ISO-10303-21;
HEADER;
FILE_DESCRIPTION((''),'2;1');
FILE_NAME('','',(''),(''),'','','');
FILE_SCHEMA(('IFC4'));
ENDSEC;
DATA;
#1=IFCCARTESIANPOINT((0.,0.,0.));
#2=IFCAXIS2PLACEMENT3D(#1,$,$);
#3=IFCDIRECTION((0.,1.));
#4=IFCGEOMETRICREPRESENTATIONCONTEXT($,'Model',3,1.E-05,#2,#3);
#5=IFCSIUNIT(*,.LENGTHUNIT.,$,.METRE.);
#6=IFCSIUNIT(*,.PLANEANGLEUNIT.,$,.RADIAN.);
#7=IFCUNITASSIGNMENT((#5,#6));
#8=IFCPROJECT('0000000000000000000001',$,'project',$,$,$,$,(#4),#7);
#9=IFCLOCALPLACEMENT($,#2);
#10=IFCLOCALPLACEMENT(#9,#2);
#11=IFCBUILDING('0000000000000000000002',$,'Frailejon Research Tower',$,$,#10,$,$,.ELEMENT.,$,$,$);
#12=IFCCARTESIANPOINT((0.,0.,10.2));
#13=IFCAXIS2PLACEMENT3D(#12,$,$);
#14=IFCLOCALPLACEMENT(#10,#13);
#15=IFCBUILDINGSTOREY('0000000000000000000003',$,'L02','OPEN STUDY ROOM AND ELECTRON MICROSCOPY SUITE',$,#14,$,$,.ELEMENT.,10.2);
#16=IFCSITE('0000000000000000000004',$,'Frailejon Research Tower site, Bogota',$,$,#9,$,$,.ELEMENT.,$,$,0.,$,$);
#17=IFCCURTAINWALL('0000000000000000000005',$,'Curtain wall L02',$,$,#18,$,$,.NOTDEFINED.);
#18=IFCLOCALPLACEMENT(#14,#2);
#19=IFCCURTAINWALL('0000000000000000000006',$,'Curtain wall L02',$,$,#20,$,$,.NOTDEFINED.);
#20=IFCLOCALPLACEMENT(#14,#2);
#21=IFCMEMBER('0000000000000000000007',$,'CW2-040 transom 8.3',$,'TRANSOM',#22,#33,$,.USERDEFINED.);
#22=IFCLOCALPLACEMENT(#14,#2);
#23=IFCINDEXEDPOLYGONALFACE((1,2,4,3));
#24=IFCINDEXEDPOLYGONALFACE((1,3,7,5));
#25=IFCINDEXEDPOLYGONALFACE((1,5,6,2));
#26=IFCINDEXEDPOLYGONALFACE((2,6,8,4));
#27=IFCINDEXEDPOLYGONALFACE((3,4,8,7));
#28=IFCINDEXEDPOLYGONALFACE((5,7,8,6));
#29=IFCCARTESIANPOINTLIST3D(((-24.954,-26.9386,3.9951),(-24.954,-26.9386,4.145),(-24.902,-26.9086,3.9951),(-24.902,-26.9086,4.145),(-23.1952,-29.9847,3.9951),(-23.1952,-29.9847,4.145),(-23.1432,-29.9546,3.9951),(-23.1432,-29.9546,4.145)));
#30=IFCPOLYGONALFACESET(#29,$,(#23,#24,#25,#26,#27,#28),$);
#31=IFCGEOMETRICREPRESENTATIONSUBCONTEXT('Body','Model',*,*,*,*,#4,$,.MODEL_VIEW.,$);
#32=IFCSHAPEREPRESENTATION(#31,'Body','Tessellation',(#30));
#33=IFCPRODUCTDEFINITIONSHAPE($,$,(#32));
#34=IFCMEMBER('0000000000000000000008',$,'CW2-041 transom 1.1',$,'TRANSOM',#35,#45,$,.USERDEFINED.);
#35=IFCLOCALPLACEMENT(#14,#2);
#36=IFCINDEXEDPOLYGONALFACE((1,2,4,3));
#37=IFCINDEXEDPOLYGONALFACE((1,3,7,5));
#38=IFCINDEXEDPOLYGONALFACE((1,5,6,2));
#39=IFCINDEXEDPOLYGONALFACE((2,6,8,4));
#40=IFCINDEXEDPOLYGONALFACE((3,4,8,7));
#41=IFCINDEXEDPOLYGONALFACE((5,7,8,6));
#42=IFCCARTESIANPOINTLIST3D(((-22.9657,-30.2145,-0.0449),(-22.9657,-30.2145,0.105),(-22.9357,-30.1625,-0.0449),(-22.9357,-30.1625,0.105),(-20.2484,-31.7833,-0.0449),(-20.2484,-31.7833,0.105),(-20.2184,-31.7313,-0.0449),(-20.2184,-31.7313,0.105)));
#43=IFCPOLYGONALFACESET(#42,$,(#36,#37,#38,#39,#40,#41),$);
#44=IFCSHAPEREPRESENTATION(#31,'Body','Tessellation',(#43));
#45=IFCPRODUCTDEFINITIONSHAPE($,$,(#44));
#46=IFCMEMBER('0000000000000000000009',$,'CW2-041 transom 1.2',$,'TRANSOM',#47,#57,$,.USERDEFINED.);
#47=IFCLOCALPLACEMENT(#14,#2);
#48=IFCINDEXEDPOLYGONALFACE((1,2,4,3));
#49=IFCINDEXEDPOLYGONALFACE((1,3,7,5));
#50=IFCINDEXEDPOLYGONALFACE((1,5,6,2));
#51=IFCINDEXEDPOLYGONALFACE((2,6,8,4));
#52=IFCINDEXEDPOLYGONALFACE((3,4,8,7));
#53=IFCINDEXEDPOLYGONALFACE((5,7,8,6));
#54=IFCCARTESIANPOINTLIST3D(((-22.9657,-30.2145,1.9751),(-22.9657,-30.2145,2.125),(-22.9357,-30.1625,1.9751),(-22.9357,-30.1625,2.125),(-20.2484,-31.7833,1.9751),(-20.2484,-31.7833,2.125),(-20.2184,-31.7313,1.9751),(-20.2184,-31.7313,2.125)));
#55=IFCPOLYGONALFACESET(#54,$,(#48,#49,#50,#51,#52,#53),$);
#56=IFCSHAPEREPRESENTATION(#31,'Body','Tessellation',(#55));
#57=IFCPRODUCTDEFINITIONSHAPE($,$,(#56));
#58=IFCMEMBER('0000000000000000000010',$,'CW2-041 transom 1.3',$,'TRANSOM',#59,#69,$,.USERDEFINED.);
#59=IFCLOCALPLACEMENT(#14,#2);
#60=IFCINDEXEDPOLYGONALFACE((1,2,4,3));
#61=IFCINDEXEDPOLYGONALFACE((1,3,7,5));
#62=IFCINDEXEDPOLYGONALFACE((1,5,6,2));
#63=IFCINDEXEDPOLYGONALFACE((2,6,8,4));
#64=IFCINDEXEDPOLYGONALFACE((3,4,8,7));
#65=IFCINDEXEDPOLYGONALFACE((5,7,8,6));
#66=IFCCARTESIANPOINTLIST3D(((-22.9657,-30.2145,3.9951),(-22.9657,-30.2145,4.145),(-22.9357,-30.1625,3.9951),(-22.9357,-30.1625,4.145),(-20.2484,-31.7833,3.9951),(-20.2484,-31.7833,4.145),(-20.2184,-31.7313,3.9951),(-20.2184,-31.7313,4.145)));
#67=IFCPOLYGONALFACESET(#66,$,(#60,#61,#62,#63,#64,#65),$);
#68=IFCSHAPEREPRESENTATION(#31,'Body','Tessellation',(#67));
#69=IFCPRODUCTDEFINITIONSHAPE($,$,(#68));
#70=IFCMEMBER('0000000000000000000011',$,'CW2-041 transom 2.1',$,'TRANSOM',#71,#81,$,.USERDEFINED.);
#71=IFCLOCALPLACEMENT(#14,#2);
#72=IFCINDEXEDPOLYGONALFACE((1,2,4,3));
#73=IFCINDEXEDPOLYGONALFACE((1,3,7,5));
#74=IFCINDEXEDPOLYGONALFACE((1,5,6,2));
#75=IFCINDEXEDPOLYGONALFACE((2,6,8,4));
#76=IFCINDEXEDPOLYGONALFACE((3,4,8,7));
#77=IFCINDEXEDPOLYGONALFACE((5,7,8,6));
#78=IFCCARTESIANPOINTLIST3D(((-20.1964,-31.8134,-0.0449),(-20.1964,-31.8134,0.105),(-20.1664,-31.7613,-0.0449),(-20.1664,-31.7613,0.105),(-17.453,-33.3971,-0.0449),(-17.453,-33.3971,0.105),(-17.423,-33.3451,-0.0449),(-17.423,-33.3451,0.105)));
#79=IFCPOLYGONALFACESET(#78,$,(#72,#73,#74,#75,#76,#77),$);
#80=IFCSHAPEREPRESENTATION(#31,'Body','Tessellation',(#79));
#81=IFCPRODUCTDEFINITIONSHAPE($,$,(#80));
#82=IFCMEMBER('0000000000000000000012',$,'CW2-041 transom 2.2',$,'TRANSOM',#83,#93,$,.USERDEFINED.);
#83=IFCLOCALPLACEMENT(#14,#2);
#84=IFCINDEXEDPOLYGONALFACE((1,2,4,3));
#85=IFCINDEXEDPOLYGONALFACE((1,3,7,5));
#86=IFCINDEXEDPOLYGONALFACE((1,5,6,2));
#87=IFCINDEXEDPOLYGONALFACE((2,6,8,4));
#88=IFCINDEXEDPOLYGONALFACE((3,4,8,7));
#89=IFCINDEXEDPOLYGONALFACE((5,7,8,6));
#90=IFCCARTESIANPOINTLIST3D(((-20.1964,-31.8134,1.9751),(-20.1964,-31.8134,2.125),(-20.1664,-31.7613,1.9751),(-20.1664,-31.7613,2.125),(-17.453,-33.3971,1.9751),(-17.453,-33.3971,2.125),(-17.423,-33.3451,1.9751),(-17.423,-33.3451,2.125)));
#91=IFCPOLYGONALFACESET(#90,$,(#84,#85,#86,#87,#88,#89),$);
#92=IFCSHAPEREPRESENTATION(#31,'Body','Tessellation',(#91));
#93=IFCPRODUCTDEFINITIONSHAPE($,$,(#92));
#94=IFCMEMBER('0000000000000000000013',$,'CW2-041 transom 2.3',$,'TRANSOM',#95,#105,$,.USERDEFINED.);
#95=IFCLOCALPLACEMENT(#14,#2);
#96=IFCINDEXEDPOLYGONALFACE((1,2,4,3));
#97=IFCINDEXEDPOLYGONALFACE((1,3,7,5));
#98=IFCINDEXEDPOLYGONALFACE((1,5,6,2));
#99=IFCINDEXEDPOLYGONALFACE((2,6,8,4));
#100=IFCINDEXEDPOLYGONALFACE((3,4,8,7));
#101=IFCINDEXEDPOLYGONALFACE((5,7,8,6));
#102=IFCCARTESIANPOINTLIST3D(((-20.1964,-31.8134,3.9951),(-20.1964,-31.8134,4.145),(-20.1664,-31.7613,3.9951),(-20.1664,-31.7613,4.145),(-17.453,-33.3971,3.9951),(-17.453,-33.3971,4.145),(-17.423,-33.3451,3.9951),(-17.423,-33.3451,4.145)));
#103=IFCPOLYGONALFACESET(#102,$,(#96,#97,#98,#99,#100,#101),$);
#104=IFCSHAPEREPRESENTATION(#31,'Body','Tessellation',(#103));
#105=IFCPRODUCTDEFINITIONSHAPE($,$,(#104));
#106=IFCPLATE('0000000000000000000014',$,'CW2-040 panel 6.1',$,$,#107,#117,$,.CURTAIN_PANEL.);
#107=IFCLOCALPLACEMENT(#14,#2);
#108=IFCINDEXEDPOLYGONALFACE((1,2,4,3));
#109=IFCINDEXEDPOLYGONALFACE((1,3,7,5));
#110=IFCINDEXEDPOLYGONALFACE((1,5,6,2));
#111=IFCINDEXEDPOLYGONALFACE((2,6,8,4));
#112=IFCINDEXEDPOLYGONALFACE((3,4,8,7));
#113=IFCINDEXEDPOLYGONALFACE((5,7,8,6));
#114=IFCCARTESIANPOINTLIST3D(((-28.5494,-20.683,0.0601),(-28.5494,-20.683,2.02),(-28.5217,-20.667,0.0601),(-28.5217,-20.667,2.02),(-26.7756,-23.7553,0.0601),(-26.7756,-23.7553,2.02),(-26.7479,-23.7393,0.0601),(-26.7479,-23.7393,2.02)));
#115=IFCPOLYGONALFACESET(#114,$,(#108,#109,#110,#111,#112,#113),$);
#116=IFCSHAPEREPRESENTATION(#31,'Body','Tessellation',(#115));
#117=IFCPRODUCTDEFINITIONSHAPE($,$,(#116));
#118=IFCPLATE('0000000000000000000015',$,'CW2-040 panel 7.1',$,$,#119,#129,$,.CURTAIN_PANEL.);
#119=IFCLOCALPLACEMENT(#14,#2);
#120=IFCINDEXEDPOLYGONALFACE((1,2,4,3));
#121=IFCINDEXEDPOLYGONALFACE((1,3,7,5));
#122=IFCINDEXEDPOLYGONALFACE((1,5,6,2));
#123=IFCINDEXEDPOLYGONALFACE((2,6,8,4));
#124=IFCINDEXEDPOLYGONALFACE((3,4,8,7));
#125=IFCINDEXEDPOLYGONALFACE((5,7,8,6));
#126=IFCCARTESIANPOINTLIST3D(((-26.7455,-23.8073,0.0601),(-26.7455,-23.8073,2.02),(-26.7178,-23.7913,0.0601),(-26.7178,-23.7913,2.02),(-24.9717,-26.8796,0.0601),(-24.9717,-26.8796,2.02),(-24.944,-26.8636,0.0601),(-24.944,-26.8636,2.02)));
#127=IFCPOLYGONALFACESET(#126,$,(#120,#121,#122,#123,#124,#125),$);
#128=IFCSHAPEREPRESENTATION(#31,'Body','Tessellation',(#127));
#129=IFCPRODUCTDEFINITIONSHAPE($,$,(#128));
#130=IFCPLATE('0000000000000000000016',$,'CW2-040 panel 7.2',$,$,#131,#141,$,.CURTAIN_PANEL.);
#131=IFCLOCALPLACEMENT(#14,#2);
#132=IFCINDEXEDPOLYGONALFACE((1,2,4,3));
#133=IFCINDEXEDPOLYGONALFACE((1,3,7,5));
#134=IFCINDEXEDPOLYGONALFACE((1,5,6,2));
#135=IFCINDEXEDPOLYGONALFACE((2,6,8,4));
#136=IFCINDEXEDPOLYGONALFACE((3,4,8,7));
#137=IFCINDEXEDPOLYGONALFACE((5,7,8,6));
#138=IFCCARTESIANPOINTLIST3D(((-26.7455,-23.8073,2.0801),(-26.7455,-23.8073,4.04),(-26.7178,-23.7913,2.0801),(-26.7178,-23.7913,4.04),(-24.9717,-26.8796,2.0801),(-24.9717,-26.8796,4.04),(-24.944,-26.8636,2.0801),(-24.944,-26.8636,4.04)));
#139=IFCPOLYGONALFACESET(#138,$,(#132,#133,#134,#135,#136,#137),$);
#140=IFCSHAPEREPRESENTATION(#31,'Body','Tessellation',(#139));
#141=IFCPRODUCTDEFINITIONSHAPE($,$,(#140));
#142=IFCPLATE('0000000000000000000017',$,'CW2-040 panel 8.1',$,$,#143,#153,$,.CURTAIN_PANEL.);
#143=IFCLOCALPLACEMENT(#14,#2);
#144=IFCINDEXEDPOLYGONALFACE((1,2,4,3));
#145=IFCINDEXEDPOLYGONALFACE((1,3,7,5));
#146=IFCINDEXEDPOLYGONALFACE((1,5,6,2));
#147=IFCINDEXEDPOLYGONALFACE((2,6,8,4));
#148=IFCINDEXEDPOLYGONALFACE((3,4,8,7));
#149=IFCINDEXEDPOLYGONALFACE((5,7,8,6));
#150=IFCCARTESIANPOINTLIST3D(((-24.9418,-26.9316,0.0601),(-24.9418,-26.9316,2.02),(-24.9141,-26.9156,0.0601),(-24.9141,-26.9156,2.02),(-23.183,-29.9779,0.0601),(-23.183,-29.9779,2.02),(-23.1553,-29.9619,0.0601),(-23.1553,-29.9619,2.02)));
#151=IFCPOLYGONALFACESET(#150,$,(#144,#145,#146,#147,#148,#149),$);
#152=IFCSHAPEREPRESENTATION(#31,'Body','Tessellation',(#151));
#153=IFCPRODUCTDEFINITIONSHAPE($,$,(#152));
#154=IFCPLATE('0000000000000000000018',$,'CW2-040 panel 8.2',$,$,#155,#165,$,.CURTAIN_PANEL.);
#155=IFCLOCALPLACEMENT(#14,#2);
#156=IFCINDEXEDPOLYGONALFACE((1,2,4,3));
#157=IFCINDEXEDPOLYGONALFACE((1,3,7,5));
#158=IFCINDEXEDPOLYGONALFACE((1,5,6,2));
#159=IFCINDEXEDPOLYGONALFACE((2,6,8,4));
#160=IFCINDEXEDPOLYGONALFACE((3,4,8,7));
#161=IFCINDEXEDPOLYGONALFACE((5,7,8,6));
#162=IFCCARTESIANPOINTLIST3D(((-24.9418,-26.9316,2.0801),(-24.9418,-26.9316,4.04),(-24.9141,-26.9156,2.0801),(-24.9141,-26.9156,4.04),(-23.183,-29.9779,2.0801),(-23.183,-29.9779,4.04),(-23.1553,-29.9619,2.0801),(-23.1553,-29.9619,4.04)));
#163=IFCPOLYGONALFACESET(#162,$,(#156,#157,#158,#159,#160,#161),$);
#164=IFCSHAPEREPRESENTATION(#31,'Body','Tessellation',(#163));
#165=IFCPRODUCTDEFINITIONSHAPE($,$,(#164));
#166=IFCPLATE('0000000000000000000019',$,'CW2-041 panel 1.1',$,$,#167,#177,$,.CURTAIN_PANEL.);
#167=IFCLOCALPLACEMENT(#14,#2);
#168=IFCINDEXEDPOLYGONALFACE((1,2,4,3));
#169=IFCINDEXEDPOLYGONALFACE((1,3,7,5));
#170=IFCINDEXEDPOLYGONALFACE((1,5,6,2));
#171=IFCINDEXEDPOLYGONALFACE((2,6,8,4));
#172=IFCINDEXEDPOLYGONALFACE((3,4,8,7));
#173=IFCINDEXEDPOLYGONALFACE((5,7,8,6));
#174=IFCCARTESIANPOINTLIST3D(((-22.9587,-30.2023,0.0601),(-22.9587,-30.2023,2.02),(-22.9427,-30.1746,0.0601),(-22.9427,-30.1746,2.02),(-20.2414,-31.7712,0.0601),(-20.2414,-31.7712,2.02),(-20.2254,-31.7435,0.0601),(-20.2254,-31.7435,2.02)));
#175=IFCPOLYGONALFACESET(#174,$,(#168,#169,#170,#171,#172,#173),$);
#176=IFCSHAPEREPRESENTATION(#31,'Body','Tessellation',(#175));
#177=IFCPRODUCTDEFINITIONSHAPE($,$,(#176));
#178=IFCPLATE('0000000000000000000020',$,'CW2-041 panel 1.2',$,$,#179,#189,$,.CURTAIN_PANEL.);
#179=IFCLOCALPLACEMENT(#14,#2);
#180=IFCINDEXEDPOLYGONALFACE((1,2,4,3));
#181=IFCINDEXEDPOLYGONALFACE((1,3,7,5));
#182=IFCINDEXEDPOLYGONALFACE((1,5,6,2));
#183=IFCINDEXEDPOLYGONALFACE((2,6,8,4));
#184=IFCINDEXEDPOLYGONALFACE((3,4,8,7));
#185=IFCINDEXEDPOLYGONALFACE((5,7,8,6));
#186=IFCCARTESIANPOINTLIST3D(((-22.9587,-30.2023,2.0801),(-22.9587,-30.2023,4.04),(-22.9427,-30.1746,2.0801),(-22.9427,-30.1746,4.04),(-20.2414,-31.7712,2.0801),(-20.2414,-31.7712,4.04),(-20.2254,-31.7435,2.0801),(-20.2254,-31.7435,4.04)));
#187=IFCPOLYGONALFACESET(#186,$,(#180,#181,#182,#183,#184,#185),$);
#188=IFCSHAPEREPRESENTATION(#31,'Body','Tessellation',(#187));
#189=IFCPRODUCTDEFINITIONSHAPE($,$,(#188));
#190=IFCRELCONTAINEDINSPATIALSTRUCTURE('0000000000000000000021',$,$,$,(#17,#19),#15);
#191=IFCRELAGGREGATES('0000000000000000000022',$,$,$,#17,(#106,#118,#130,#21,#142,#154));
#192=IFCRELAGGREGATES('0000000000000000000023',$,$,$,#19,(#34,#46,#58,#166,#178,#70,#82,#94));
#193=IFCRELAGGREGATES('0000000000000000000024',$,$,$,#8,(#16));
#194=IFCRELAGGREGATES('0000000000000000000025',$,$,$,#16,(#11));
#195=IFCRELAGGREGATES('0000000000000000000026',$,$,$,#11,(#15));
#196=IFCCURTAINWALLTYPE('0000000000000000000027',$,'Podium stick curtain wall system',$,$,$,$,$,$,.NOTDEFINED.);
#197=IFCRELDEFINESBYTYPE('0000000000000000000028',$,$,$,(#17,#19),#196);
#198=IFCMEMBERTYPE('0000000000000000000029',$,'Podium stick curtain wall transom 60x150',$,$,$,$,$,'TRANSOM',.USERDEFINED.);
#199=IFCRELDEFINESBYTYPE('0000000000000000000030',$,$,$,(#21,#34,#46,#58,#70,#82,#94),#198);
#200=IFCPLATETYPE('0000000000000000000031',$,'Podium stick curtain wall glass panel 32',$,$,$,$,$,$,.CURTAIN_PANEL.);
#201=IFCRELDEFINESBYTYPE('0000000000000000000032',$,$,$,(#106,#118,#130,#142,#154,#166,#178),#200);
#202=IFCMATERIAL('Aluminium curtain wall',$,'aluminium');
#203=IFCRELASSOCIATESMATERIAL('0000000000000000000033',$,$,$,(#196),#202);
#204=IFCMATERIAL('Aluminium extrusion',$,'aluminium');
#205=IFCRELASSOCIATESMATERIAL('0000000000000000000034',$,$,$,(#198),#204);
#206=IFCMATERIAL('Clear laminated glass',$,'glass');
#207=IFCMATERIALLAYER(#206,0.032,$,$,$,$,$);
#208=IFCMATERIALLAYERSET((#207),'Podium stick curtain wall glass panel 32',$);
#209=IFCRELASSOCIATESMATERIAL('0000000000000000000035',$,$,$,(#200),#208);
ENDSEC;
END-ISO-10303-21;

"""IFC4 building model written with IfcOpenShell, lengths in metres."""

from ifc_helpers import new_model, si_unit, direction, frame, origin, origin_2d, place, context, subcontext, project, spatial, rectangle, extrude, material, layer, layer_set, material_profile, profile_set, type_object, element, aggregate, save


model = new_model("IFC4")

# Units and contexts
model_context = context("Model", 3, precision=1e-05, world=origin(), true_north=direction((0.0, 1.0)))
body_context = subcontext(model_context, "Body", "Model", "MODEL_VIEW")
ifc_project = project(units=[si_unit("LENGTHUNIT", "METRE"), si_unit("PLANEANGLEUNIT", "RADIAN")], contexts=[model_context])

# Site, building, storey
site_placement = place(None, origin())
site = spatial("IfcSite", under=ifc_project, at=site_placement, Name="Frailejon Research Tower site, Bogota", CompositionType="ELEMENT", RefElevation=0.0)
building_placement = place(site_placement, origin())
building = spatial("IfcBuilding", under=site, at=building_placement, Name="Frailejon Research Tower", CompositionType="ELEMENT")
storey_placement = place(building_placement, frame((0.0, 0.0, 10.2)))
storey = spatial("IfcBuildingStorey", under=building, at=storey_placement, Name="L02", Description="OPEN STUDY ROOM AND ELECTRON MICROSCOPY SUITE", CompositionType="ELEMENT", Elevation=10.2)

# Curtain walls
ifc_material_1 = material(Name="Aluminium curtain wall", Category="aluminium")
curtain_wall_type = type_object("IfcCurtainWallType", Name="Podium stick curtain wall system", PredefinedType="NOTDEFINED", material=ifc_material_1)
curtain_wall_1_placement = place(storey_placement, origin())
curtain_wall_1 = element("IfcCurtainWall", 1, at=curtain_wall_1_placement, inside=storey, type_object=curtain_wall_type, Name="Curtain wall L02", PredefinedType="NOTDEFINED")
curtain_wall_2_placement = place(storey_placement, origin())
curtain_wall_2 = element("IfcCurtainWall", 2, at=curtain_wall_2_placement, inside=storey, type_object=curtain_wall_type, Name="Curtain wall L02", PredefinedType="NOTDEFINED")

# Members
ifc_material_2 = material(Name="Aluminium extrusion", Category="aluminium")
ifc_material_profile_1 = material_profile(ifc_material_2, rectangle(XDim=0.0601, YDim=0.1499, at=origin_2d()), Name="Podium stick curtain wall transom 60x150")
ifc_profile_set_1 = profile_set([ifc_material_profile_1], Name="Aluminium extrusion")
member_type_1 = type_object("IfcMemberType", Name="Podium stick curtain wall transom 60x150", ElementType="TRANSOM", PredefinedType="USERDEFINED", material=ifc_profile_set_1)
member_1_placement = place(storey_placement, frame((-24.928, -26.9236, 4.0701), z_axis=(0.500021, -0.866013, 0.0), x_axis=(0.866013, 0.500021, 0.0)))
member_1 = element("IfcMember", 3, at=member_1_placement, type_object=member_type_1, Name="CW2-040 transom 8.3", ObjectType="TRANSOM", PredefinedType="USERDEFINED", context=body_context, shape_type="SweptSolid", body=[
    extrude(rectangle(XDim=0.0601, YDim=0.1499, at=origin_2d()), origin(), (0.0, 0.0, 1.0), 3.5173),
])
member_2_placement = place(storey_placement, frame((-22.9507, -30.1885, 0.03), z_axis=(0.866022, -0.500005, 0.0), x_axis=(0.500005, 0.866022, 0.0)))
member_2 = element("IfcMember", 4, at=member_2_placement, type_object=member_type_1, Name="CW2-041 transom 1.1", ObjectType="TRANSOM", PredefinedType="USERDEFINED", context=body_context, shape_type="SweptSolid", body=[
    extrude(rectangle(XDim=0.0601, YDim=0.1499, at=origin_2d()), origin(), (0.0, 0.0, 1.0), 3.1377),
])
member_3_placement = place(storey_placement, frame((-22.9507, -30.1885, 2.05), z_axis=(0.866022, -0.500005, 0.0), x_axis=(0.500005, 0.866022, 0.0)))
member_3 = element("IfcMember", 5, at=member_3_placement, type_object=member_type_1, Name="CW2-041 transom 1.2", ObjectType="TRANSOM", PredefinedType="USERDEFINED", context=body_context, shape_type="SweptSolid", body=[
    extrude(rectangle(XDim=0.0601, YDim=0.1499, at=origin_2d()), origin(), (0.0, 0.0, 1.0), 3.1377),
])
member_4_placement = place(storey_placement, frame((-22.9507, -30.1885, 4.0701), z_axis=(0.866022, -0.500005, 0.0), x_axis=(0.500005, 0.866022, 0.0)))
member_4 = element("IfcMember", 6, at=member_4_placement, type_object=member_type_1, Name="CW2-041 transom 1.3", ObjectType="TRANSOM", PredefinedType="USERDEFINED", context=body_context, shape_type="SweptSolid", body=[
    extrude(rectangle(XDim=0.0601, YDim=0.1499, at=origin_2d()), origin(), (0.0, 0.0, 1.0), 3.1377),
])
member_5_placement = place(storey_placement, frame((-20.1814, -31.7874, 0.03), z_axis=(0.866048, -0.49996, 0.0), x_axis=(0.49996, 0.866048, 0.0)))
member_5 = element("IfcMember", 7, at=member_5_placement, type_object=member_type_1, Name="CW2-041 transom 2.1", ObjectType="TRANSOM", PredefinedType="USERDEFINED", context=body_context, shape_type="SweptSolid", body=[
    extrude(rectangle(XDim=0.0601, YDim=0.1499, at=origin_2d()), origin(), (0.0, 0.0, 1.0), 3.1677),
])
member_6_placement = place(storey_placement, frame((-20.1814, -31.7874, 2.05), z_axis=(0.866048, -0.49996, 0.0), x_axis=(0.49996, 0.866048, 0.0)))
member_6 = element("IfcMember", 8, at=member_6_placement, type_object=member_type_1, Name="CW2-041 transom 2.2", ObjectType="TRANSOM", PredefinedType="USERDEFINED", context=body_context, shape_type="SweptSolid", body=[
    extrude(rectangle(XDim=0.0601, YDim=0.1499, at=origin_2d()), origin(), (0.0, 0.0, 1.0), 3.1677),
])
member_7_placement = place(storey_placement, frame((-20.1814, -31.7874, 4.0701), z_axis=(0.866048, -0.49996, 0.0), x_axis=(0.49996, 0.866048, 0.0)))
member_7 = element("IfcMember", 9, at=member_7_placement, type_object=member_type_1, Name="CW2-041 transom 2.3", ObjectType="TRANSOM", PredefinedType="USERDEFINED", context=body_context, shape_type="SweptSolid", body=[
    extrude(rectangle(XDim=0.0601, YDim=0.1499, at=origin_2d()), origin(), (0.0, 0.0, 1.0), 3.1677),
])

# Plates
ifc_material_3 = material(Name="Clear laminated glass", Category="glass")
ifc_layer_1 = layer(ifc_material_3, 0.032)
ifc_layer_set_1 = layer_set([ifc_layer_1], Name="Podium stick curtain wall glass panel 32")
plate_type = type_object("IfcPlateType", Name="Podium stick curtain wall glass panel 32", PredefinedType="CURTAIN_PANEL", material=ifc_layer_set_1)
plate_1_placement = place(storey_placement, frame((-27.6487, -22.2112, 0.0601), z_axis=(0.0, 0.0, 1.0), x_axis=(0.499998, -0.866026, 0.0)))
plate_1 = element("IfcPlate", 10, at=plate_1_placement, type_object=plate_type, Name="CW2-040 panel 6.1", PredefinedType="CURTAIN_PANEL", context=body_context, shape_type="SweptSolid", body=[
    extrude(rectangle(XDim=3.5476, YDim=0.032, at=origin_2d()), origin(), (0.0, 0.0, 1.0), 1.96),
])
plate_2_placement = place(storey_placement, frame((-25.8447, -25.3354, 0.0601), z_axis=(0.0, 0.0, 1.0), x_axis=(0.499998, -0.866026, 0.0)))
plate_2 = element("IfcPlate", 11, at=plate_2_placement, type_object=plate_type, Name="CW2-040 panel 7.1", PredefinedType="CURTAIN_PANEL", context=body_context, shape_type="SweptSolid", body=[
    extrude(rectangle(XDim=3.5476, YDim=0.032, at=origin_2d()), origin(), (0.0, 0.0, 1.0), 1.96),
])
plate_3_placement = place(storey_placement, frame((-25.8447, -25.3354, 2.0801), z_axis=(0.0, 0.0, 1.0), x_axis=(0.499998, -0.866026, 0.0)))
plate_3 = element("IfcPlate", 12, at=plate_3_placement, type_object=plate_type, Name="CW2-040 panel 7.2", PredefinedType="CURTAIN_PANEL", context=body_context, shape_type="SweptSolid", body=[
    extrude(rectangle(XDim=3.5476, YDim=0.032, at=origin_2d()), origin(), (0.0, 0.0, 1.0), 1.96),
])
plate_4_placement = place(storey_placement, frame((-24.0486, -28.4468, 0.0601), z_axis=(0.0, 0.0, 1.0), x_axis=(0.499998, -0.866026, 0.0)))
plate_4 = element("IfcPlate", 13, at=plate_4_placement, type_object=plate_type, Name="CW2-040 panel 8.1", PredefinedType="CURTAIN_PANEL", context=body_context, shape_type="SweptSolid", body=[
    extrude(rectangle(XDim=3.5176, YDim=0.032, at=origin_2d()), origin(), (0.0, 0.0, 1.0), 1.96),
])
plate_5_placement = place(storey_placement, frame((-24.0486, -28.4468, 2.0801), z_axis=(0.0, 0.0, 1.0), x_axis=(0.499998, -0.866026, 0.0)))
plate_5 = element("IfcPlate", 14, at=plate_5_placement, type_object=plate_type, Name="CW2-040 panel 8.2", PredefinedType="CURTAIN_PANEL", context=body_context, shape_type="SweptSolid", body=[
    extrude(rectangle(XDim=3.5176, YDim=0.032, at=origin_2d()), origin(), (0.0, 0.0, 1.0), 1.96),
])
aggregate(curtain_wall_1, [plate_1, plate_2, plate_3, member_1, plate_4, plate_5])
plate_6_placement = place(storey_placement, frame((-21.592, -30.9729, 0.0601), z_axis=(0.0, 0.0, 1.0), x_axis=(0.866025, -0.5, 0.0)))
plate_6 = element("IfcPlate", 15, at=plate_6_placement, type_object=plate_type, Name="CW2-041 panel 1.1", PredefinedType="CURTAIN_PANEL", context=body_context, shape_type="SweptSolid", body=[
    extrude(rectangle(XDim=3.1377, YDim=0.032, at=origin_2d()), origin(), (0.0, 0.0, 1.0), 1.96),
])
plate_7_placement = place(storey_placement, frame((-21.592, -30.9729, 2.0801), z_axis=(0.0, 0.0, 1.0), x_axis=(0.866025, -0.5, 0.0)))
plate_7 = element("IfcPlate", 16, at=plate_7_placement, type_object=plate_type, Name="CW2-041 panel 1.2", PredefinedType="CURTAIN_PANEL", context=body_context, shape_type="SweptSolid", body=[
    extrude(rectangle(XDim=3.1377, YDim=0.032, at=origin_2d()), origin(), (0.0, 0.0, 1.0), 1.96),
])
aggregate(curtain_wall_2, [member_2, member_3, member_4, plate_6, plate_7, member_5, member_6, member_7])

save(model, "model.ifc")
